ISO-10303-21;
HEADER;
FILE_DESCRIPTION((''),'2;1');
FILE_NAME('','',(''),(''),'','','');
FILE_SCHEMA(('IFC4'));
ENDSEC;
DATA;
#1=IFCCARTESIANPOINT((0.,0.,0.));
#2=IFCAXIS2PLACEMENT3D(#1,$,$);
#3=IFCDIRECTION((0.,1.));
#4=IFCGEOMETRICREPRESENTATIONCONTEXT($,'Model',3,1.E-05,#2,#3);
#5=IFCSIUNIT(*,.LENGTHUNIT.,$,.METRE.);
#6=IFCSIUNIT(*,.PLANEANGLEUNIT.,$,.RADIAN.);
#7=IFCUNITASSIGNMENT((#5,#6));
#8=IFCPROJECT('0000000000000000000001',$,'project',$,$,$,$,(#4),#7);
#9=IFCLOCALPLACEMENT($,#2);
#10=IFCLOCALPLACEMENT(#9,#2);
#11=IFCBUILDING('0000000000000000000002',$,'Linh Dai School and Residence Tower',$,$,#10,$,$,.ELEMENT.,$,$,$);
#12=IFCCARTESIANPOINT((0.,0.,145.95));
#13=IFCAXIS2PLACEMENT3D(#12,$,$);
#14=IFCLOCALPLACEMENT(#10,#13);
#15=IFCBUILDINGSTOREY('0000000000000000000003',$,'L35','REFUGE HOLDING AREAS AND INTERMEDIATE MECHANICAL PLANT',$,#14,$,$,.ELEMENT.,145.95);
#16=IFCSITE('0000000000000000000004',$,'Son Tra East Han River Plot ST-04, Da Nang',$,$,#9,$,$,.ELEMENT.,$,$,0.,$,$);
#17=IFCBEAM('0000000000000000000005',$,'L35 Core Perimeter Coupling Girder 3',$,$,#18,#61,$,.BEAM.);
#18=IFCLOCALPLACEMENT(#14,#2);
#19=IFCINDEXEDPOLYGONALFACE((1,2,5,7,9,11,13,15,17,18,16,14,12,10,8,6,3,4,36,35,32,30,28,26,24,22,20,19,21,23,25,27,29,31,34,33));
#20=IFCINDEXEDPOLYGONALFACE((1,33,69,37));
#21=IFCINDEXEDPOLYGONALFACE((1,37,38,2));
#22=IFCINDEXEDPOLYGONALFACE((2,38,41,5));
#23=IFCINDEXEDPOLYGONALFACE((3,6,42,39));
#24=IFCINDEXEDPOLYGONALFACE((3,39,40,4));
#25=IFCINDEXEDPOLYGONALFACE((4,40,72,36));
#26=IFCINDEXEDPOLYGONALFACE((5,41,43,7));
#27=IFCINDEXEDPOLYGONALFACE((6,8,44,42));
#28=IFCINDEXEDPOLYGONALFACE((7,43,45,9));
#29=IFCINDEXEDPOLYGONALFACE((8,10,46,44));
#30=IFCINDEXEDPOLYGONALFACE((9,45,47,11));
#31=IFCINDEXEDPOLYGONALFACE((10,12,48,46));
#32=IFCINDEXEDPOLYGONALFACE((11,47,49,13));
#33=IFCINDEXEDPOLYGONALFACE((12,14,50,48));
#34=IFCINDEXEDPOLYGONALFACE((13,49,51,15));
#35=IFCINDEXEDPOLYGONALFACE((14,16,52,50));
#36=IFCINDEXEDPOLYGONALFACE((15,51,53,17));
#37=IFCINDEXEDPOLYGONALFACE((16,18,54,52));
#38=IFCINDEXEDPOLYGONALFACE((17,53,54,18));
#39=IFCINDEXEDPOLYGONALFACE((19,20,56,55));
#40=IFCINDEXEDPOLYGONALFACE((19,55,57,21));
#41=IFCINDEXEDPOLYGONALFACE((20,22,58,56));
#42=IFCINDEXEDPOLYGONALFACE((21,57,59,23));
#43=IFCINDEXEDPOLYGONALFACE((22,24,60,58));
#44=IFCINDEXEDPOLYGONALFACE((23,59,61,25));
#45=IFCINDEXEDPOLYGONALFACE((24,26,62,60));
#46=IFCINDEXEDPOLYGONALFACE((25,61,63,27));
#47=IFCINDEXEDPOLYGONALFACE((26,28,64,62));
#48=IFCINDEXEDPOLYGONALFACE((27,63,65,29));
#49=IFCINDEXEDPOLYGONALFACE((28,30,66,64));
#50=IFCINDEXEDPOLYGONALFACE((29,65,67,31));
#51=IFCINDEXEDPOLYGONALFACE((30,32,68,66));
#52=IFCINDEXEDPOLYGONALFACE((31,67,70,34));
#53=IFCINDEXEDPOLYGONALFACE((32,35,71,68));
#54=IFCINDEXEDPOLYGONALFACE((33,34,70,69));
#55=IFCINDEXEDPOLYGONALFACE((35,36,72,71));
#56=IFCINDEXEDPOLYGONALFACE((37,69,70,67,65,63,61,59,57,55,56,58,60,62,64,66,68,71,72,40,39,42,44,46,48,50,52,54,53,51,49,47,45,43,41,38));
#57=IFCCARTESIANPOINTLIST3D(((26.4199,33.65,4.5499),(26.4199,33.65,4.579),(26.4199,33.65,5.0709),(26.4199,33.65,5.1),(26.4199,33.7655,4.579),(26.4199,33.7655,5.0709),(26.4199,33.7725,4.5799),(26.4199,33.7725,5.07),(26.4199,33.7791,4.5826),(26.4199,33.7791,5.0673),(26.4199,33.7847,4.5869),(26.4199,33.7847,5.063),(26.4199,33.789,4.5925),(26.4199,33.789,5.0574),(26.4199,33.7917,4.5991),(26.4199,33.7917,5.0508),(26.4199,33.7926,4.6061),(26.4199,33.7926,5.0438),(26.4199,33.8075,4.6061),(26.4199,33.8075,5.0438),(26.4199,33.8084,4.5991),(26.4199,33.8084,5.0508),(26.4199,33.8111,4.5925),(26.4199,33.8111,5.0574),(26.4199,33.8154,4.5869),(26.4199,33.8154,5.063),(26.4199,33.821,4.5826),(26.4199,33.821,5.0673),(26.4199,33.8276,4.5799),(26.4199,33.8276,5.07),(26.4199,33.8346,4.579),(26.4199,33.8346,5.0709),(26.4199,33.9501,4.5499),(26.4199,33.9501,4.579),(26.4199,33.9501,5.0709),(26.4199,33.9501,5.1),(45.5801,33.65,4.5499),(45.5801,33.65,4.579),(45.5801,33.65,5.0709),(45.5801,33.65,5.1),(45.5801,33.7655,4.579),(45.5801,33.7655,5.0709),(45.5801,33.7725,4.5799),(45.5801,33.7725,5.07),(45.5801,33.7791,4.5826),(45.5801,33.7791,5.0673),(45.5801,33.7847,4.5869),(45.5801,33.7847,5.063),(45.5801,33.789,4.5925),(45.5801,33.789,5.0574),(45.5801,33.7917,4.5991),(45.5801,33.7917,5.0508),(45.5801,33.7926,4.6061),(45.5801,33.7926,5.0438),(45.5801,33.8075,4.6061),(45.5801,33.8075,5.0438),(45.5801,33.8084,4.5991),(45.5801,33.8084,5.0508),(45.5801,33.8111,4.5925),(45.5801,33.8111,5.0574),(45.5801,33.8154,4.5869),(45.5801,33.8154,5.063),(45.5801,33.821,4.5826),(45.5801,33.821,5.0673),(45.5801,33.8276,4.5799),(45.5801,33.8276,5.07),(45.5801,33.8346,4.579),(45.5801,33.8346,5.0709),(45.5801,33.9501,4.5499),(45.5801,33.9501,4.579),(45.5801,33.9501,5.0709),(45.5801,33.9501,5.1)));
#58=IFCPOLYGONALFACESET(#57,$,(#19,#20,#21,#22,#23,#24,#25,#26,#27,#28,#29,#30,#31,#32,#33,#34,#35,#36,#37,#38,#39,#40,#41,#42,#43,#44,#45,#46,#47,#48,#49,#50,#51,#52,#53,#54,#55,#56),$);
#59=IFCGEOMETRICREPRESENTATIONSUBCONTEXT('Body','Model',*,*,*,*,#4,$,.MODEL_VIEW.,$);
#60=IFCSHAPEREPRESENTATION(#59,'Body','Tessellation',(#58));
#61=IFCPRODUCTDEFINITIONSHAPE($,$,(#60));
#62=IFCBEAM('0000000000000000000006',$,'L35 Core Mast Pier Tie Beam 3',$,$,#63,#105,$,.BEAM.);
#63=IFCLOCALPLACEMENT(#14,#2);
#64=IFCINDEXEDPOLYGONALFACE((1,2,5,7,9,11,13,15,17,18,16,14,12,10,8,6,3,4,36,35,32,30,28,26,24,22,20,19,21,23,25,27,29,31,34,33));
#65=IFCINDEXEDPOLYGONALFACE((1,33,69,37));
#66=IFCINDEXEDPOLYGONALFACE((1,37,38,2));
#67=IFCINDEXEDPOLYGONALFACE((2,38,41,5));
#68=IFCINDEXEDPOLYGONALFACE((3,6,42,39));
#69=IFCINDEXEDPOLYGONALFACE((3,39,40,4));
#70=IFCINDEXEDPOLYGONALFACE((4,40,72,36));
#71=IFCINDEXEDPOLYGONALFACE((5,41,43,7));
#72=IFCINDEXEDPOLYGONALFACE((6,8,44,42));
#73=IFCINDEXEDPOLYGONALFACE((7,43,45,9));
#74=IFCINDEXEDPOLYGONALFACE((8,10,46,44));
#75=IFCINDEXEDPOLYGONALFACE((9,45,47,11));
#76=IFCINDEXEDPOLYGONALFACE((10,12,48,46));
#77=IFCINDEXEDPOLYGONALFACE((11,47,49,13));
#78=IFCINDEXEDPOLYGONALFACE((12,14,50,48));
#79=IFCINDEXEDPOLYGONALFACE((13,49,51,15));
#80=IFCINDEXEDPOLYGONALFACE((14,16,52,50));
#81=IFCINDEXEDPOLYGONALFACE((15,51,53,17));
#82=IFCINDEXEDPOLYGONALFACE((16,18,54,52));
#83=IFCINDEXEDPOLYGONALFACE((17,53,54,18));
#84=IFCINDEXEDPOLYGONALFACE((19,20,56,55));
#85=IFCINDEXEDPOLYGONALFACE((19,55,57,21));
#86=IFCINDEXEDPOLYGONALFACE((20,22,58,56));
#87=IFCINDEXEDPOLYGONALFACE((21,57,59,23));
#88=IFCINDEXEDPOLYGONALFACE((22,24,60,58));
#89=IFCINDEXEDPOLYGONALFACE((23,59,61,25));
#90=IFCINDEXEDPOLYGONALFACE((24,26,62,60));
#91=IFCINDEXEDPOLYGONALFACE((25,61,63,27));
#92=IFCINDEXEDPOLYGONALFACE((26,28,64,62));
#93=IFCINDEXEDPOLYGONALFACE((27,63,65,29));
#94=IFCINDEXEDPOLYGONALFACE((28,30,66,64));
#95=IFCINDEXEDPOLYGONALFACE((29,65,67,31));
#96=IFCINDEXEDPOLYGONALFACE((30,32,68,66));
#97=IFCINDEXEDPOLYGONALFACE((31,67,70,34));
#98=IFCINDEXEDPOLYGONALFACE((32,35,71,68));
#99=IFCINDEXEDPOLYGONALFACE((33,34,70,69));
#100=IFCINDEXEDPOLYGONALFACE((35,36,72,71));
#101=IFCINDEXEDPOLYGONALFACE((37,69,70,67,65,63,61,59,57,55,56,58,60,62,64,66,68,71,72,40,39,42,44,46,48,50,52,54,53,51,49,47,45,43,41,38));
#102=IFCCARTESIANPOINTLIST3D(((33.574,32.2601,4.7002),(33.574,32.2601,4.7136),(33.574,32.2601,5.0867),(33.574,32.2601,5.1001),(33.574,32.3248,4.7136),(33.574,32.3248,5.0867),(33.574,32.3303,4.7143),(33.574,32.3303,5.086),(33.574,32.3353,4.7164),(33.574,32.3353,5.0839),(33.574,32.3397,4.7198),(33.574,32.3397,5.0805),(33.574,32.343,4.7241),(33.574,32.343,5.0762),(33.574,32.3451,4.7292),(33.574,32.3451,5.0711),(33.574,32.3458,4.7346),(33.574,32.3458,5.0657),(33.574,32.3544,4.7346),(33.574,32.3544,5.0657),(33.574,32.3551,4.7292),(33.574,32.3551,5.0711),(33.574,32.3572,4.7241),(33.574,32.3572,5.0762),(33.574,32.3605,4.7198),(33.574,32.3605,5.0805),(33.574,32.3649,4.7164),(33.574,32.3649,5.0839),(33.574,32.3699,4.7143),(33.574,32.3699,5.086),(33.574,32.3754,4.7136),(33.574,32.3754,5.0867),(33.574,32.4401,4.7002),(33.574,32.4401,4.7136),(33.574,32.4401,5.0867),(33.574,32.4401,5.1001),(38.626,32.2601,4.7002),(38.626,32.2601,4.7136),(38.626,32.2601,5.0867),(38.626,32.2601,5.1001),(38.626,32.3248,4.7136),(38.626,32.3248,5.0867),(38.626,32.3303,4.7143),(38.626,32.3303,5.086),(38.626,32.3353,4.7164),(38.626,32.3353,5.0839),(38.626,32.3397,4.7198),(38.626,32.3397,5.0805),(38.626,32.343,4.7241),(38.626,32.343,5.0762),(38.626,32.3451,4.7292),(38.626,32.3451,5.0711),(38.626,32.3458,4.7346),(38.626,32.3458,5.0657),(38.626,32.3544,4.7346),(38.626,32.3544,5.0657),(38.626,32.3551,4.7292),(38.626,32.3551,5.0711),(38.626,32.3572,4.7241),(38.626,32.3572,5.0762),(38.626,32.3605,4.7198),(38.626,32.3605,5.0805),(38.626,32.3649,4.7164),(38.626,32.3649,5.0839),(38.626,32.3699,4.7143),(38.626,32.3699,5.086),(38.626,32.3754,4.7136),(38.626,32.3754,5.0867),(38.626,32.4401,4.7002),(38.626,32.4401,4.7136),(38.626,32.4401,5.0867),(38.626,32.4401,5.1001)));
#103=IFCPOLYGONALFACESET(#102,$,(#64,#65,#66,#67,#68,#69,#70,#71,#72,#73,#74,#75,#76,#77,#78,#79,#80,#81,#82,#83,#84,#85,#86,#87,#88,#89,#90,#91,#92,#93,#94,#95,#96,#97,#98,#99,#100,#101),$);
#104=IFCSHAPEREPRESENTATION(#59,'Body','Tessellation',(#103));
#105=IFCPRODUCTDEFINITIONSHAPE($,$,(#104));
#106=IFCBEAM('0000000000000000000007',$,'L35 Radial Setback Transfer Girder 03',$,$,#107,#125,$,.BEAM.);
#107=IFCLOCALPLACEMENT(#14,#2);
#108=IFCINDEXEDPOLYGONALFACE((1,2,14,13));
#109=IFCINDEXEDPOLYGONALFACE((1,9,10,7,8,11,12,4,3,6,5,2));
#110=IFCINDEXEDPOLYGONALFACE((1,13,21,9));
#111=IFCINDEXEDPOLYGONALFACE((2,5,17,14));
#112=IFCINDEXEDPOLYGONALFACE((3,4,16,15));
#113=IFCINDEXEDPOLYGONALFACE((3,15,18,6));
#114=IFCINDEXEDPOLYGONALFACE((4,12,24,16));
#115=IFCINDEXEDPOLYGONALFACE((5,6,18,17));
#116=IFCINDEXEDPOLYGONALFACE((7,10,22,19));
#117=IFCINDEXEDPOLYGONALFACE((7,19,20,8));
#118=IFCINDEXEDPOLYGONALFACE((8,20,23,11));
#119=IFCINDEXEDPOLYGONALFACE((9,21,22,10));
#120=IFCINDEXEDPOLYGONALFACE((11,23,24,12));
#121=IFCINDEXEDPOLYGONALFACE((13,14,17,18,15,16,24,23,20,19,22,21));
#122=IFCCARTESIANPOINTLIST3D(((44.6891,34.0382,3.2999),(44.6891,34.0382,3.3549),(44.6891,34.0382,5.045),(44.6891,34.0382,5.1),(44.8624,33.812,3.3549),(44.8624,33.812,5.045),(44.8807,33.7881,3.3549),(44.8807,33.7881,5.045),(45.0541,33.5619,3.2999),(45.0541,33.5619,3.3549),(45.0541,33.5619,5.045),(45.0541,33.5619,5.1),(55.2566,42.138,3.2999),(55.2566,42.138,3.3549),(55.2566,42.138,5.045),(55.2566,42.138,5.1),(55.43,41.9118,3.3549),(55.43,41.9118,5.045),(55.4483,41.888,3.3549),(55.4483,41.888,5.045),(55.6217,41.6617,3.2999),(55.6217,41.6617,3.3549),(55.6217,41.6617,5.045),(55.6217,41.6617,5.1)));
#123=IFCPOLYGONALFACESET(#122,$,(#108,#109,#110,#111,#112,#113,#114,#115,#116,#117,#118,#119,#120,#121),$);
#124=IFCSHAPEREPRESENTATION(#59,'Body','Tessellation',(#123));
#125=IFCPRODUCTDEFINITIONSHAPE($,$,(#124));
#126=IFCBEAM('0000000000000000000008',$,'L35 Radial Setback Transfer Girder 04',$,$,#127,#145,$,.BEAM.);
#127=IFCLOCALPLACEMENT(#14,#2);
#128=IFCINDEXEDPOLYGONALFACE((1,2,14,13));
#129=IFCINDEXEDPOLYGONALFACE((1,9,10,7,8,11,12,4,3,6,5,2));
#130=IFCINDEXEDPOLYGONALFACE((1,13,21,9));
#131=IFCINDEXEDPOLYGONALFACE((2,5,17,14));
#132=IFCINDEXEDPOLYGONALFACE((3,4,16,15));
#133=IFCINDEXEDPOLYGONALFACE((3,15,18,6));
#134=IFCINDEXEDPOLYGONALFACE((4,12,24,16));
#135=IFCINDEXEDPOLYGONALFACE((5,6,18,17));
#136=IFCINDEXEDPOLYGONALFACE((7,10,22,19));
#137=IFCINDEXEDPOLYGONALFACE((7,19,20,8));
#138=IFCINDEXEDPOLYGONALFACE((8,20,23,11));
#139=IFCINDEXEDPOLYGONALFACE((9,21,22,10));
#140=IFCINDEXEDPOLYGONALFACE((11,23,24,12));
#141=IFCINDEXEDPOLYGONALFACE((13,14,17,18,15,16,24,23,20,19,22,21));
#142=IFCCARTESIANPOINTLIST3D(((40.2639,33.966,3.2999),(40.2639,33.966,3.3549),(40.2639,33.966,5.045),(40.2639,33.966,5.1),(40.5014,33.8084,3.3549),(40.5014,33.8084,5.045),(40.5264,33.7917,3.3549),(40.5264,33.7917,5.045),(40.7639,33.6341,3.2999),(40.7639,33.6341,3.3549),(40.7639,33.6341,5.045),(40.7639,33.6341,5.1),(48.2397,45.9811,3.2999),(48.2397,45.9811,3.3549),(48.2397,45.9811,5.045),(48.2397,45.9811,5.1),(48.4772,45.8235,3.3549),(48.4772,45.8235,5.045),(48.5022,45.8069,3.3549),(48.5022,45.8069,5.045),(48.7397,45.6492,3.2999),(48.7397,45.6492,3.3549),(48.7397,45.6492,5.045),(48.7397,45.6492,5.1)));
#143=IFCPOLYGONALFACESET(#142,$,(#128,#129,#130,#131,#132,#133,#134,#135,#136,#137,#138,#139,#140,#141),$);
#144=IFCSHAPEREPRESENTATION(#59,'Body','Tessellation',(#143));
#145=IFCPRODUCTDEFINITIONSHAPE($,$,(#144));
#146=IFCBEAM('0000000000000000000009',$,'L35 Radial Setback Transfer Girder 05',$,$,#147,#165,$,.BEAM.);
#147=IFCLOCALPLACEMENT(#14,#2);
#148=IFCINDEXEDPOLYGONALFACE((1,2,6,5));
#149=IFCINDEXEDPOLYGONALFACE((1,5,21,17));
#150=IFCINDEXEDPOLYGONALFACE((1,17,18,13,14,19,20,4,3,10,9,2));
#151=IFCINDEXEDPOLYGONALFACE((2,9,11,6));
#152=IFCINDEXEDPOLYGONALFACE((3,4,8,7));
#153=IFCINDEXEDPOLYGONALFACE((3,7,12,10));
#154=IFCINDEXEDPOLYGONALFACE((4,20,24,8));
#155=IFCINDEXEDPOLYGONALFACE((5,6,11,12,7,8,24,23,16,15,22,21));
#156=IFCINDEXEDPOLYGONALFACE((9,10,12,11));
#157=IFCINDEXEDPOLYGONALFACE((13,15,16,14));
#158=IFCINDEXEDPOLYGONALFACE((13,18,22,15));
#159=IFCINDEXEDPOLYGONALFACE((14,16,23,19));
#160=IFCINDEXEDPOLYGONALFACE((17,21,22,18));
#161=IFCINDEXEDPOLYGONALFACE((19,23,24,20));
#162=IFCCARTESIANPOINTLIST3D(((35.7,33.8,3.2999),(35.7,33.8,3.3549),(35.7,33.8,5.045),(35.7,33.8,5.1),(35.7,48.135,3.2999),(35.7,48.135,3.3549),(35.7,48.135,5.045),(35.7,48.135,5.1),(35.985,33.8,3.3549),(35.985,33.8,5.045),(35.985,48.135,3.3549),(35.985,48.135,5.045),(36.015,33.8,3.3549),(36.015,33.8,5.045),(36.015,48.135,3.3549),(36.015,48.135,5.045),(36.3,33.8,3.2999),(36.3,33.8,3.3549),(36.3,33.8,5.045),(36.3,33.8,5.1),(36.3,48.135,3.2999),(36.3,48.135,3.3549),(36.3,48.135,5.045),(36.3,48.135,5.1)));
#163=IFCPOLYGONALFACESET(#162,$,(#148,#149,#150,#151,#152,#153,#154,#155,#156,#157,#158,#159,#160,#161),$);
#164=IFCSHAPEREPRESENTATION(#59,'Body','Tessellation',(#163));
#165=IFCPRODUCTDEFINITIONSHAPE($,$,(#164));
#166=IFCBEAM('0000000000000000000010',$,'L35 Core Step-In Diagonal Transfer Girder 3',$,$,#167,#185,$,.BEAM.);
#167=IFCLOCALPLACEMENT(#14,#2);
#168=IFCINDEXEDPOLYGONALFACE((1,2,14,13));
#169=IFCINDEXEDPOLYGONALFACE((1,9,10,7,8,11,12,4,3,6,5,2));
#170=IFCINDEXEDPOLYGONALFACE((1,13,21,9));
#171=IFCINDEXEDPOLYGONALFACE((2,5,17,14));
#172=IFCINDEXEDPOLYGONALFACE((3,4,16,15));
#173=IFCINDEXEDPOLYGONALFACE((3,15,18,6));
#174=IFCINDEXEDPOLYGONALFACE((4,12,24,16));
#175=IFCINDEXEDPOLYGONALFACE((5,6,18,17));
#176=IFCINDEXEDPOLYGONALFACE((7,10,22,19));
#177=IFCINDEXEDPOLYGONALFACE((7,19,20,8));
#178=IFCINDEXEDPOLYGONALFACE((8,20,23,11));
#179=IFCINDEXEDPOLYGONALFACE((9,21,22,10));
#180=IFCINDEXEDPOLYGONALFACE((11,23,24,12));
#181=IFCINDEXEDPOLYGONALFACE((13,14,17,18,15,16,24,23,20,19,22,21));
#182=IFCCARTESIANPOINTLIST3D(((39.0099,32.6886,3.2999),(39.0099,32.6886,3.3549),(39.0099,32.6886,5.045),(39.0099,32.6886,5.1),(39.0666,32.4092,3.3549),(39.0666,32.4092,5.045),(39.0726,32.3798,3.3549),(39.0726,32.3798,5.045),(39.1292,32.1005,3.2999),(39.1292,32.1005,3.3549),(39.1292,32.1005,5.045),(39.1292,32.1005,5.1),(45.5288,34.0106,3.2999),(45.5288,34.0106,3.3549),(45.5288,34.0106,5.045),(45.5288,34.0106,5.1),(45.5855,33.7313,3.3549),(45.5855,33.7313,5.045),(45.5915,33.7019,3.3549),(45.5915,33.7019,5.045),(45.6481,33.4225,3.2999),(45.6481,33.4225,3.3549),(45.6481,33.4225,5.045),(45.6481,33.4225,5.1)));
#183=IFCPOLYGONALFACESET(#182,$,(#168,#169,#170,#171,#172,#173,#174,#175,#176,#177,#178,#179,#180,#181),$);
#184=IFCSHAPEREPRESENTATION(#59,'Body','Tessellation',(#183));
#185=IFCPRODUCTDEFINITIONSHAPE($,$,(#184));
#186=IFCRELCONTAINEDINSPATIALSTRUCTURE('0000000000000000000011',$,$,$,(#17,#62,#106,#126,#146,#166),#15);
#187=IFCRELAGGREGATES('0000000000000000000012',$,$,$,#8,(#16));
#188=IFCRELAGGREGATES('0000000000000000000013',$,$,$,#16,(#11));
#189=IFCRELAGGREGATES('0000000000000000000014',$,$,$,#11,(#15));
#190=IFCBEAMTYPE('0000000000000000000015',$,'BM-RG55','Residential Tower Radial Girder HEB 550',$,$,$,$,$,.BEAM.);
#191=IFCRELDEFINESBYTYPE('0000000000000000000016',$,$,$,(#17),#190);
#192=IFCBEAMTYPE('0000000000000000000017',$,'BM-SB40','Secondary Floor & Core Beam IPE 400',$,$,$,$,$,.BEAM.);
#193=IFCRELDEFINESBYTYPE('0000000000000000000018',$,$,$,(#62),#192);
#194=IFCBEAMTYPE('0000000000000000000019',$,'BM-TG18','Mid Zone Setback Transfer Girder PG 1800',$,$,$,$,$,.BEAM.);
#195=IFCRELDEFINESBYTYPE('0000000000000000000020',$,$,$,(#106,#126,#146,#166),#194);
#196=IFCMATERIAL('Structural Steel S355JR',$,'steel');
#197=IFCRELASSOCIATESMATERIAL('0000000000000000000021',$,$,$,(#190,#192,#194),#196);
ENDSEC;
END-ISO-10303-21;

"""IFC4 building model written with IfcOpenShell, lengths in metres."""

from ifc_helpers import new_model, si_unit, direction, frame, origin, origin_2d, place, context, subcontext, project, spatial, i_section, extrude, material, material_profile, profile_set, type_object, element, save


model = new_model("IFC4")

# Units and contexts
model_context = context("Model", 3, precision=1e-05, world=origin(), true_north=direction((0.0, 1.0)))
body_context = subcontext(model_context, "Body", "Model", "MODEL_VIEW")
ifc_project = project(units=[si_unit("LENGTHUNIT", "METRE"), si_unit("PLANEANGLEUNIT", "RADIAN")], contexts=[model_context])

# Site, building, storey
site_placement = place(None, origin())
site = spatial("IfcSite", under=ifc_project, at=site_placement, Name="Son Tra East Han River Plot ST-04, Da Nang", CompositionType="ELEMENT", RefElevation=0.0)
building_placement = place(site_placement, origin())
building = spatial("IfcBuilding", under=site, at=building_placement, Name="Linh Dai School and Residence Tower", CompositionType="ELEMENT")
storey_placement = place(building_placement, frame((0.0, 0.0, 145.95)))
storey = spatial("IfcBuildingStorey", under=building, at=storey_placement, Name="L35", Description="REFUGE HOLDING AREAS AND INTERMEDIATE MECHANICAL PLANT", CompositionType="ELEMENT", Elevation=145.95)

# Shared definitions
ifc_material_1 = material(Name="Structural Steel S355JR", Category="steel")

# Beams
ifc_material_profile_1 = material_profile(ifc_material_1, i_section(OverallWidth=0.3, OverallDepth=0.55, WebThickness=0.0149, FlangeThickness=0.0291, FilletRadius=0.0271, at=origin_2d()), Name="HEB 550")
ifc_profile_set_1 = profile_set([ifc_material_profile_1], Name="Structural Steel S355JR")
beam_type_1 = type_object("IfcBeamType", Name="BM-RG55", Description="Residential Tower Radial Girder HEB 550", PredefinedType="BEAM", material=ifc_profile_set_1)
beam_1_placement = place(storey_placement, frame((45.5801, 33.8, 4.825), z_axis=(-1.0, 0.0, 0.0), x_axis=(0.0, -1.0, 0.0)))
element("IfcBeam", 1, at=beam_1_placement, inside=storey, type_object=beam_type_1, Name="L35 Core Perimeter Coupling Girder 3", PredefinedType="BEAM", context=body_context, shape_type="SweptSolid", body=[
    extrude(i_section(OverallWidth=0.3, OverallDepth=0.55, WebThickness=0.0149, FlangeThickness=0.0291, FilletRadius=0.0271, at=origin_2d()), origin(), (0.0, 0.0, 1.0), 19.1602),
])
ifc_material_profile_2 = material_profile(ifc_material_1, i_section(OverallWidth=0.1799, OverallDepth=0.3999, WebThickness=0.0085, FlangeThickness=0.0134, FilletRadius=0.021, at=origin_2d()), Name="IPE 400")
ifc_profile_set_2 = profile_set([ifc_material_profile_2], Name="Structural Steel S355JR")
beam_type_2 = type_object("IfcBeamType", Name="BM-SB40", Description="Secondary Floor & Core Beam IPE 400", PredefinedType="BEAM", material=ifc_profile_set_2)
beam_2_placement = place(storey_placement, frame((38.626, 32.3501, 4.9001), z_axis=(-1.0, 0.0, 0.0), x_axis=(0.0, -1.0, 0.0)))
element("IfcBeam", 2, at=beam_2_placement, inside=storey, type_object=beam_type_2, Name="L35 Core Mast Pier Tie Beam 3", PredefinedType="BEAM", context=body_context, shape_type="SweptSolid", body=[
    extrude(i_section(OverallWidth=0.1799, OverallDepth=0.3999, WebThickness=0.0085, FlangeThickness=0.0134, FilletRadius=0.021, at=origin_2d()), origin(), (0.0, 0.0, 1.0), 5.052),
])
ifc_material_profile_3 = material_profile(ifc_material_1, i_section(OverallWidth=0.6001, OverallDepth=1.8, WebThickness=0.03, FlangeThickness=0.0549, at=origin_2d()), Name="PG 1800x600x30x55")
ifc_profile_set_3 = profile_set([ifc_material_profile_3], Name="Structural Steel S355JR")
beam_type_3 = type_object("IfcBeamType", Name="BM-TG18", Description="Mid Zone Setback Transfer Girder PG 1800", PredefinedType="BEAM", material=ifc_profile_set_3)
beam_3_placement = place(storey_placement, frame((44.8716, 33.8, 4.2), z_axis=(0.793679, 0.608337, 0.0), x_axis=(-0.608337, 0.793679, 0.0)))
element("IfcBeam", 3, at=beam_3_placement, inside=storey, type_object=beam_type_3, Name="L35 Radial Setback Transfer Girder 03", PredefinedType="BEAM", context=body_context, shape_type="SweptSolid", body=[
    extrude(i_section(OverallWidth=0.6001, OverallDepth=1.8, WebThickness=0.03, FlangeThickness=0.0549, at=origin_2d()), origin(), (0.0, 0.0, 1.0), 13.3147),
])
beam_4_placement = place(storey_placement, frame((40.5139, 33.8, 4.2), z_axis=(0.553054, 0.833145, 0.0), x_axis=(-0.833145, 0.553054, 0.0)))
element("IfcBeam", 4, at=beam_4_placement, inside=storey, type_object=beam_type_3, Name="L35 Radial Setback Transfer Girder 04", PredefinedType="BEAM", context=body_context, shape_type="SweptSolid", body=[
    extrude(i_section(OverallWidth=0.6001, OverallDepth=1.8, WebThickness=0.03, FlangeThickness=0.0549, at=origin_2d()), origin(), (0.0, 0.0, 1.0), 14.4214),
])
beam_5_placement = place(storey_placement, frame((36.0, 33.8, 4.2), z_axis=(0.0, 1.0, 0.0), x_axis=(-1.0, 0.0, 0.0)))
element("IfcBeam", 5, at=beam_5_placement, inside=storey, type_object=beam_type_3, Name="L35 Radial Setback Transfer Girder 05", PredefinedType="BEAM", context=body_context, shape_type="SweptSolid", body=[
    extrude(i_section(OverallWidth=0.6001, OverallDepth=1.8, WebThickness=0.03, FlangeThickness=0.0549, at=origin_2d()), origin(), (0.0, 0.0, 1.0), 14.335),
])
beam_6_placement = place(storey_placement, frame((39.0696, 32.3945, 4.2), z_axis=(0.980049, 0.198755, 0.0), x_axis=(-0.198755, 0.980049, 0.0)))
element("IfcBeam", 6, at=beam_6_placement, inside=storey, type_object=beam_type_3, Name="L35 Core Step-In Diagonal Transfer Girder 3", PredefinedType="BEAM", context=body_context, shape_type="SweptSolid", body=[
    extrude(i_section(OverallWidth=0.6001, OverallDepth=1.8, WebThickness=0.03, FlangeThickness=0.0549, at=origin_2d()), origin(), (0.0, 0.0, 1.0), 6.6516),
])

save(model, "model.ifc")
